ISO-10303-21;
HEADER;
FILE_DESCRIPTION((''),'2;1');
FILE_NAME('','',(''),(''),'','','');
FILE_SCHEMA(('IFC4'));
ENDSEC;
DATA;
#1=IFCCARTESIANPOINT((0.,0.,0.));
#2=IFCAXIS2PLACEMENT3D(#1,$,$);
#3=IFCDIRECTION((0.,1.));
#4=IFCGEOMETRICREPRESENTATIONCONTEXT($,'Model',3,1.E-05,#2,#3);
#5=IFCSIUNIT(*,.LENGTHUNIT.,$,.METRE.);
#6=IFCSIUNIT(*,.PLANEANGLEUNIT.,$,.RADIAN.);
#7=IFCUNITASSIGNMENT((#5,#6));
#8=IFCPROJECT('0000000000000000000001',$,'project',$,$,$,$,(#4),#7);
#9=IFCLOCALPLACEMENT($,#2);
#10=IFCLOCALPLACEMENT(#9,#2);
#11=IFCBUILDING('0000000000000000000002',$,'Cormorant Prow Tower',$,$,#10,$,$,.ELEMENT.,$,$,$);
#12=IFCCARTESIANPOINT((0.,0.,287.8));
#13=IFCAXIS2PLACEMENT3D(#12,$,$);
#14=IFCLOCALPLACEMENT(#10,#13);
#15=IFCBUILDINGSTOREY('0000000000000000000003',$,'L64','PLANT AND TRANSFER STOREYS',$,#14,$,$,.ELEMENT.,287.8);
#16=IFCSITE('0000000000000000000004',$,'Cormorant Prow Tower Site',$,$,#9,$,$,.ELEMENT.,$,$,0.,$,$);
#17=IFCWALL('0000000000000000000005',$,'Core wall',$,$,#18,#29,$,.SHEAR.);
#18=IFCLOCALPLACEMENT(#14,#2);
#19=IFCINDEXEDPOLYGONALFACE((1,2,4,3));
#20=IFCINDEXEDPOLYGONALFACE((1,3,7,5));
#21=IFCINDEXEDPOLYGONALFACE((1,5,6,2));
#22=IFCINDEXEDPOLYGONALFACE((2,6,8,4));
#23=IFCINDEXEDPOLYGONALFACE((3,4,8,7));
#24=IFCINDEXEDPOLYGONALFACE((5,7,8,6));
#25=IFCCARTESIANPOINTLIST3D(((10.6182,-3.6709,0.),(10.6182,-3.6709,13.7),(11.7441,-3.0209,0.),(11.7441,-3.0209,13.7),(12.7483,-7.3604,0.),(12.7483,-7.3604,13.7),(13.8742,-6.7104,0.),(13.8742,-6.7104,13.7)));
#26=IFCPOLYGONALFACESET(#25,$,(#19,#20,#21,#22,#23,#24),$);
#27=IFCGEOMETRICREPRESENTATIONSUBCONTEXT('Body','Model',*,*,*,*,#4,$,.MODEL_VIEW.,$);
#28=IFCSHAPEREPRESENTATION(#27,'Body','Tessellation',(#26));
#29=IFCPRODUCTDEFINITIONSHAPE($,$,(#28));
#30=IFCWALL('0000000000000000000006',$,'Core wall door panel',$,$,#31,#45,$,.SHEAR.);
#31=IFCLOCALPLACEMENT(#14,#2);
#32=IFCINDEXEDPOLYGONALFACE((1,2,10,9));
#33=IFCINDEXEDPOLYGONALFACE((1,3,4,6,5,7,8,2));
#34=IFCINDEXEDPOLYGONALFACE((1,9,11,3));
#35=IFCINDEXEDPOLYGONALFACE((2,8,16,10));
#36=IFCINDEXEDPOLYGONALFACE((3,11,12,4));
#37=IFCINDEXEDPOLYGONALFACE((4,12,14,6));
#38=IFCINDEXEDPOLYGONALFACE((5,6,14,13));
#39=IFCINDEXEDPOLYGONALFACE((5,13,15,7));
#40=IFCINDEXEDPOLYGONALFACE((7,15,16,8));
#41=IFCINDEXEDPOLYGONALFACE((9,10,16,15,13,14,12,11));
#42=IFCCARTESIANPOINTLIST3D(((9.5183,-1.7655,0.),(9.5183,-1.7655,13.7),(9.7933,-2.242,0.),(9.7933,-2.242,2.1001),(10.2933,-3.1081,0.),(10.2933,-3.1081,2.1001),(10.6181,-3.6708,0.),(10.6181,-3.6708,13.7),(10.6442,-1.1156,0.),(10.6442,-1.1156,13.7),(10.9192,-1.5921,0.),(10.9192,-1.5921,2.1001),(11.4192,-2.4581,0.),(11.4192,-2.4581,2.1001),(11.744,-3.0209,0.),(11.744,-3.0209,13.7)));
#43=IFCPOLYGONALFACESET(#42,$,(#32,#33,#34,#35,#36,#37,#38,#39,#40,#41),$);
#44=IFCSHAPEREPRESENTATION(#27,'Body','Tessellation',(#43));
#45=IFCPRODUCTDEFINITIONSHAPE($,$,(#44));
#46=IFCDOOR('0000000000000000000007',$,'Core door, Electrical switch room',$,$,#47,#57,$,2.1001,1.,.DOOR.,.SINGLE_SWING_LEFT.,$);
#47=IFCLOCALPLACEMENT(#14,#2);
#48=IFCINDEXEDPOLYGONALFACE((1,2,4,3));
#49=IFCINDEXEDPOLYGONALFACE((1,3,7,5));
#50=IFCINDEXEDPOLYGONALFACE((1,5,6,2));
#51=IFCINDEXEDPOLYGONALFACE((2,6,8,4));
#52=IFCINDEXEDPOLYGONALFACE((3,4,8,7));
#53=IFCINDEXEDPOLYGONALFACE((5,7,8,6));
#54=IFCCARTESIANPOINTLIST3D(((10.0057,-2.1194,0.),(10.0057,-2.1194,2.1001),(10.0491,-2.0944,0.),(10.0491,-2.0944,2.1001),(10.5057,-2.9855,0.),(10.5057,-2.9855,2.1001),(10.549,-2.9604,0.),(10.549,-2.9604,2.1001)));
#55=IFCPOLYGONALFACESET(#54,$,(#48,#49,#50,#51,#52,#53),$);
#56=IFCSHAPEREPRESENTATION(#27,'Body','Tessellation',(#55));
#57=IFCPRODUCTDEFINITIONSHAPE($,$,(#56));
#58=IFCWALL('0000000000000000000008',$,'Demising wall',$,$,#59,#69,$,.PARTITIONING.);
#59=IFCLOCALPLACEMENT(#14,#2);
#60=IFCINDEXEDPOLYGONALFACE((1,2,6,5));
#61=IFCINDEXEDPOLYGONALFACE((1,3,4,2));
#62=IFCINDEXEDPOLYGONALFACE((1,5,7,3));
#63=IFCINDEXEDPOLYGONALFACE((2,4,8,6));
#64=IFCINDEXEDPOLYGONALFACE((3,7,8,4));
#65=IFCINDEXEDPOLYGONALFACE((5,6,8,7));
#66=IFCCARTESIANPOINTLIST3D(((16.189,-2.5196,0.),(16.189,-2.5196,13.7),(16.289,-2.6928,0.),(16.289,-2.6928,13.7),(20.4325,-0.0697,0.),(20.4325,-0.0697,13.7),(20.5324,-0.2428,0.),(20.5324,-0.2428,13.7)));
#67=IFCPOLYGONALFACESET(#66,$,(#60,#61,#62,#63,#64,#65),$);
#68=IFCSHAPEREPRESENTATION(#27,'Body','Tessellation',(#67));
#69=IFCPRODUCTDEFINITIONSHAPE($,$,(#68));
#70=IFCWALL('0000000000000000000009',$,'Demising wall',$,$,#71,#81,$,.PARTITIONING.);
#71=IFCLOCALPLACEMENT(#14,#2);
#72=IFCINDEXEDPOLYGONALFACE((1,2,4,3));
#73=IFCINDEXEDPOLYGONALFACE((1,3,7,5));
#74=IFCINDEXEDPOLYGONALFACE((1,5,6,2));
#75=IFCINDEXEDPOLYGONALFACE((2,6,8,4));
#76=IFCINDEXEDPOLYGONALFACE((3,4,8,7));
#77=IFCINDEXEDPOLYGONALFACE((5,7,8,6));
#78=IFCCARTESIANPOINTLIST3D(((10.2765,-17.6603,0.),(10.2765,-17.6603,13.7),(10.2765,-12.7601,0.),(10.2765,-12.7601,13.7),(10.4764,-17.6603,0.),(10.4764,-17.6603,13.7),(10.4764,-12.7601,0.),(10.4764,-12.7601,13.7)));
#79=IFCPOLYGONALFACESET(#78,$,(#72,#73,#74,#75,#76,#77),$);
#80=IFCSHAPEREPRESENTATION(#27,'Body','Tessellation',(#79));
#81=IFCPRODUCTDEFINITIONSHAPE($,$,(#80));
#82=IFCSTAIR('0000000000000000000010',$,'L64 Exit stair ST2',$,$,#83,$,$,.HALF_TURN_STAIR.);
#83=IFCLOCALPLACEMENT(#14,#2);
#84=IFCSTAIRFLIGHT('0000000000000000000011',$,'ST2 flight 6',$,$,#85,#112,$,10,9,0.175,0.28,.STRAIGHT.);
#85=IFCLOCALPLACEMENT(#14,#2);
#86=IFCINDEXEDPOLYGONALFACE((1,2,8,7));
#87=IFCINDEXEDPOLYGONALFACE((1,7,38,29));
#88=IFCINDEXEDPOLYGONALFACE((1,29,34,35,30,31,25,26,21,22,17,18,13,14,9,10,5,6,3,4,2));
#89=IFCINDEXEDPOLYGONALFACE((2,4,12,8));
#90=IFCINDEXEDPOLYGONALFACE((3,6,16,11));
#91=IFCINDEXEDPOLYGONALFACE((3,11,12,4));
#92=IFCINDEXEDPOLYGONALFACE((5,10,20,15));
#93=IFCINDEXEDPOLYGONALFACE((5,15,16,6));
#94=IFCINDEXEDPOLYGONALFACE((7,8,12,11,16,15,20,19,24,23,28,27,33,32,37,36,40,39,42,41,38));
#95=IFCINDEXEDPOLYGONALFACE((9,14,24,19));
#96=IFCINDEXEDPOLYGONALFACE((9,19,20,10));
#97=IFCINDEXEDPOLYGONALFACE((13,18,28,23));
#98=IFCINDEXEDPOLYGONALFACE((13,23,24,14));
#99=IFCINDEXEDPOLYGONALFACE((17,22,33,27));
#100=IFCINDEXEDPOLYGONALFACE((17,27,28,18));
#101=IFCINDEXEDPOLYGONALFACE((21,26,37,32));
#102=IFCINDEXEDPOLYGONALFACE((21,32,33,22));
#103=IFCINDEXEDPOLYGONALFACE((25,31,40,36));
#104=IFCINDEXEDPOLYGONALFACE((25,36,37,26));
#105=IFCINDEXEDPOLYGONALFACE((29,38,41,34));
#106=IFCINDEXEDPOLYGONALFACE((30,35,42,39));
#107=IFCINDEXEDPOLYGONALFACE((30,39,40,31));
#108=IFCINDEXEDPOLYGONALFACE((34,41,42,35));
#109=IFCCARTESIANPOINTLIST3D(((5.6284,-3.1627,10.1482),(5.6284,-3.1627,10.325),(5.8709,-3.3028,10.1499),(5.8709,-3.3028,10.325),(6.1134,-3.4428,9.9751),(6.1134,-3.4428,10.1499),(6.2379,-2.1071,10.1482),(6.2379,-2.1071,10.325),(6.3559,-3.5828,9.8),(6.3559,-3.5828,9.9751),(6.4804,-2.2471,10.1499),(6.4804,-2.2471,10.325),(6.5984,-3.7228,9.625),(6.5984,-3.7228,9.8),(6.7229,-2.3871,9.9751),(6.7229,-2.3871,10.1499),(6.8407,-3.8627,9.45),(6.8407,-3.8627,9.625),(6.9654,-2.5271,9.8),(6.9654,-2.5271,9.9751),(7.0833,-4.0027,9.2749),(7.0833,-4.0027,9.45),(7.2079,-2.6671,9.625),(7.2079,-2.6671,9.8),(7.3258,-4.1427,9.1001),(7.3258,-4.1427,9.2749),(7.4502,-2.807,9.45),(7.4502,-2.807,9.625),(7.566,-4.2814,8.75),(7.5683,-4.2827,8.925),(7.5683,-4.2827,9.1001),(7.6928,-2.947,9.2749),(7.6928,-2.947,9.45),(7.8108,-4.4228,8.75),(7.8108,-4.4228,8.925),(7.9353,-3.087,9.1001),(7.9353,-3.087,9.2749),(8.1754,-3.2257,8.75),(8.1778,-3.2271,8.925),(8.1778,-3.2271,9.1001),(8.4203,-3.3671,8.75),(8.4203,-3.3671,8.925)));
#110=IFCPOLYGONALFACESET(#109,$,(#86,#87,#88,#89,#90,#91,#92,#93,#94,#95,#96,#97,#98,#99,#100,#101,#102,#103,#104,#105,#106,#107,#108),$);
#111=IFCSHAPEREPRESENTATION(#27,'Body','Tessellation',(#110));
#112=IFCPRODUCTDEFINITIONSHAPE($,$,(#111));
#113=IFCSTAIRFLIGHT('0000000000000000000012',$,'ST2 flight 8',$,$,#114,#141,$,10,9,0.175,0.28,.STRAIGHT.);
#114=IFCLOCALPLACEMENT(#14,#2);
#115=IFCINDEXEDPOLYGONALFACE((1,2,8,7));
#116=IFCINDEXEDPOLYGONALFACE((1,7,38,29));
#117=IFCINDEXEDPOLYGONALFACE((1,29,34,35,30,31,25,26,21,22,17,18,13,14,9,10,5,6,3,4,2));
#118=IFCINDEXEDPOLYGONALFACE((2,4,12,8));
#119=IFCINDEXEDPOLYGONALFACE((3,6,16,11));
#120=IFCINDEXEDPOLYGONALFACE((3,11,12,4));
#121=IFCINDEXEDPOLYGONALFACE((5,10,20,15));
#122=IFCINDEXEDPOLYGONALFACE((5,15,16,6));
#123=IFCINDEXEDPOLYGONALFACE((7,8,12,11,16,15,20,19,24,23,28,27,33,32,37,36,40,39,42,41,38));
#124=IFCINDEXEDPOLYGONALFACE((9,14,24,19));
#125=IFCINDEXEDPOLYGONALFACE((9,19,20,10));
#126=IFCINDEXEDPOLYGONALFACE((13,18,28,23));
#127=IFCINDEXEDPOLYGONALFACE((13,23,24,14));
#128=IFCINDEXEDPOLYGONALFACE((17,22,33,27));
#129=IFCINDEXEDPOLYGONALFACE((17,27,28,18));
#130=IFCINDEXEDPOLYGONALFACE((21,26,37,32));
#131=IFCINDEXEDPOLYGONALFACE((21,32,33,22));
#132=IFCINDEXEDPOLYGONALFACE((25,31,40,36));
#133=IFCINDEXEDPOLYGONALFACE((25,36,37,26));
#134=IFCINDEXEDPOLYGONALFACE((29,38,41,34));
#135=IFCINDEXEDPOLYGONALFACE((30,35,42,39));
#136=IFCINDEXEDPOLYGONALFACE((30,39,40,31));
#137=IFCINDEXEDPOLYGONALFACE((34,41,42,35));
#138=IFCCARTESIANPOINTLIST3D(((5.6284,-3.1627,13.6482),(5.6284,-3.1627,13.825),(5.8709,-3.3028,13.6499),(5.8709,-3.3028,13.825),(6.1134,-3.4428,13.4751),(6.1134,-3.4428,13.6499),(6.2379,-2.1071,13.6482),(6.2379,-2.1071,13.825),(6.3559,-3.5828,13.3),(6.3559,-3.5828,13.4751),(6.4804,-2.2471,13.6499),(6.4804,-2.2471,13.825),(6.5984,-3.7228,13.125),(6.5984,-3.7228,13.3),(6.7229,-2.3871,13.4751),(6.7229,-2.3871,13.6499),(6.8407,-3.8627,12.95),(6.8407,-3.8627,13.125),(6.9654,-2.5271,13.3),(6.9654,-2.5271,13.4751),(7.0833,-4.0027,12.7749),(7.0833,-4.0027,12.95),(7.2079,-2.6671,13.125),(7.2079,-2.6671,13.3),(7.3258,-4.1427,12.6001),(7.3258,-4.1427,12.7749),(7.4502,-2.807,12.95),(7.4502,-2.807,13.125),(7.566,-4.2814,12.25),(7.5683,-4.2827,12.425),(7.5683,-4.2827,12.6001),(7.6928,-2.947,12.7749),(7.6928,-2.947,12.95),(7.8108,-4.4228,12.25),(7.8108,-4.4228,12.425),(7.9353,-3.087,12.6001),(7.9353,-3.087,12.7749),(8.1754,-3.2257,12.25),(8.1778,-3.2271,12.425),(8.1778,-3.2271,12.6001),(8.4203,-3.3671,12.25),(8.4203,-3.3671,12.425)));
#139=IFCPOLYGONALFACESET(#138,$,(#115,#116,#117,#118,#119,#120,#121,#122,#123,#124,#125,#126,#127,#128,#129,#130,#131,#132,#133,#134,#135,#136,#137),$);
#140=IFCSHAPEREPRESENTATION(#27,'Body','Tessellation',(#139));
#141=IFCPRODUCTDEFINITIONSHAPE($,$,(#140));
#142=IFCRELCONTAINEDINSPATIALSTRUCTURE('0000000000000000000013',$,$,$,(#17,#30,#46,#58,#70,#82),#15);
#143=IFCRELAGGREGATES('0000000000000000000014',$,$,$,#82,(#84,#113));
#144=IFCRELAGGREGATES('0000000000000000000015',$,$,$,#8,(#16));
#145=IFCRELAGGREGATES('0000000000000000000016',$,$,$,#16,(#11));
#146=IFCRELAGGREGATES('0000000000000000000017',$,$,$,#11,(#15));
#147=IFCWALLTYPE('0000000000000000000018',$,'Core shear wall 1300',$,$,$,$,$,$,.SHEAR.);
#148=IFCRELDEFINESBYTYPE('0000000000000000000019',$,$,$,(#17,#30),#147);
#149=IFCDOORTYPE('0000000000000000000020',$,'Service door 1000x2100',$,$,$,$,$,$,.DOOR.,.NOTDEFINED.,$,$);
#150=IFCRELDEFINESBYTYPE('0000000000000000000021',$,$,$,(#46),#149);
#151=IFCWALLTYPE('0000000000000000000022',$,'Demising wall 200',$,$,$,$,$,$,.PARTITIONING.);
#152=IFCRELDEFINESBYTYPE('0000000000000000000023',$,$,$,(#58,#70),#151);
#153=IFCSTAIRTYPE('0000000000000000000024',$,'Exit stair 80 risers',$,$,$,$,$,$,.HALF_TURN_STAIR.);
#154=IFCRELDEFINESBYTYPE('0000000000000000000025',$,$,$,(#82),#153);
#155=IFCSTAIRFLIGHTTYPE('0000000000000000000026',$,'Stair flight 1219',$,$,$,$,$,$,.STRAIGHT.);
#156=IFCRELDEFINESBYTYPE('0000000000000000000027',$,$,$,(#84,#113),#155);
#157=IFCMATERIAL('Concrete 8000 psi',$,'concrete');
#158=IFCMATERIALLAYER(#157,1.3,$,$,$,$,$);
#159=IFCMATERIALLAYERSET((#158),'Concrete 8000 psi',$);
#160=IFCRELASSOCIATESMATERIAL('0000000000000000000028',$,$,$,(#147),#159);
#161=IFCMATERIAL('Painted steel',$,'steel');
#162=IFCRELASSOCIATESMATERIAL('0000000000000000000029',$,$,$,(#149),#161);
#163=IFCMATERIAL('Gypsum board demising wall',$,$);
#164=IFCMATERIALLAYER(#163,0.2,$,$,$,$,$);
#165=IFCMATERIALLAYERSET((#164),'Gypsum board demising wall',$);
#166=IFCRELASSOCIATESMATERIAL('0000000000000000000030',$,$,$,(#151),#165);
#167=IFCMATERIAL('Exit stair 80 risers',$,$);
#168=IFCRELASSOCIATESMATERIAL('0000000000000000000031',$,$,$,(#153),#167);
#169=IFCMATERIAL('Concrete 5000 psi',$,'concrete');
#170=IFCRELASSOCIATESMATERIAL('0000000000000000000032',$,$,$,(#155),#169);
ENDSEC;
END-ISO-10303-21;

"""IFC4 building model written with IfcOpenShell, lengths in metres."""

from ifc_helpers import new_model, si_unit, direction, frame, frame_2d, origin, place, context, subcontext, project, spatial, polyline, rectangle, outline, extrude, material, layer, layer_set, type_object, element, fill, aggregate, save


model = new_model("IFC4")

# Units and contexts
model_context = context("Model", 3, precision=1e-05, world=origin(), true_north=direction((0.0, 1.0)))
body_context = subcontext(model_context, "Body", "Model", "MODEL_VIEW")
ifc_project = project(units=[si_unit("LENGTHUNIT", "METRE"), si_unit("PLANEANGLEUNIT", "RADIAN")], contexts=[model_context])

# Site, building, storey
site_placement = place(None, origin())
site = spatial("IfcSite", under=ifc_project, at=site_placement, Name="Cormorant Prow Tower Site", CompositionType="ELEMENT", RefElevation=0.0)
building_placement = place(site_placement, origin())
building = spatial("IfcBuilding", under=site, at=building_placement, Name="Cormorant Prow Tower", CompositionType="ELEMENT")
storey_placement = place(building_placement, frame((0.0, 0.0, 287.8)))
storey = spatial("IfcBuildingStorey", under=building, at=storey_placement, Name="L64", Description="PLANT AND TRANSFER STOREYS", CompositionType="ELEMENT", Elevation=287.8)

# Wall
ifc_material_1 = material(Name="Concrete 8000 psi", Category="concrete")
ifc_layer_1 = layer(ifc_material_1, 1.3)
ifc_layer_set_1 = layer_set([ifc_layer_1], Name="Concrete 8000 psi")
wall_type_1 = type_object("IfcWallType", Name="Core shear wall 1300", PredefinedType="SHEAR", material=ifc_layer_set_1)
wall_1_placement = place(storey_placement, frame((13.3113, -7.0354, 0.0), z_axis=(0.0, 0.0, 1.0), x_axis=(-0.500004, 0.866023, 0.0)))
element("IfcWall", 1, at=wall_1_placement, inside=storey, type_object=wall_type_1, Name="Core wall", PredefinedType="SHEAR", context=body_context, shape_type="SweptSolid", body=[
    extrude(rectangle(XDim=4.2603, YDim=1.3, at=frame_2d((2.1301, 0.0))), origin(), (0.0, 0.0, 1.0), 13.7),
])

# Wall, opening, door
wall_2_placement = place(storey_placement, frame((11.1812, -3.3459, 0.0), z_axis=(0.0, 0.0, 1.0), x_axis=(-0.499947, 0.866056, 0.0)))
wall_2 = element("IfcWall", 2, at=wall_2_placement, inside=storey, type_object=wall_type_1, Name="Core wall door panel", PredefinedType="SHEAR", context=body_context, shape_type="SweptSolid", body=[
    extrude(rectangle(XDim=2.2, YDim=1.3, at=frame_2d((1.1001, 0.0))), origin(), (0.0, 0.0, 1.0), 13.7),
])
opening_placement = place(wall_2_placement, frame((0.6499, 0.0, 0.0)))
opening = element("IfcOpeningElement", 3, at=opening_placement, cuts=wall_2, PredefinedType="OPENING", context=body_context, shape_type="SweptSolid", body=[
    extrude(rectangle(XDim=1.0, YDim=2.1001, at=frame_2d((0.5, 1.05))), frame((0.0, 0.6599, 0.0), z_axis=(0.0, -1.0, 0.0), x_axis=(1.0, 0.0, 0.0)), (0.0, 0.0, 1.0), 1.3201),
])
ifc_material_2 = material(Name="Painted steel", Category="steel")
door_type = type_object("IfcDoorType", Name="Service door 1000x2100", OperationType="NOTDEFINED", PredefinedType="DOOR", material=ifc_material_2)
door_placement = place(opening_placement, origin())
door = element("IfcDoor", 4, at=door_placement, inside=storey, type_object=door_type, Name="Core door, Electrical switch room", OperationType="SINGLE_SWING_LEFT", OverallHeight=2.1001, OverallWidth=1.0, PredefinedType="DOOR", context=body_context, shape_type="SweptSolid", body=[
    extrude(rectangle(XDim=1.0, YDim=2.1001, at=frame_2d((0.5, 1.05))), frame((0.0, 0.4048, 0.0), z_axis=(0.0, -1.0, 0.0), x_axis=(1.0, 0.0, 0.0)), (0.0, 0.0, 1.0), 0.05),
])
fill(opening, door)

# Walls
ifc_material_3 = material(Name="Gypsum board demising wall")
ifc_layer_2 = layer(ifc_material_3, 0.2)
ifc_layer_set_2 = layer_set([ifc_layer_2], Name="Gypsum board demising wall")
wall_type_2 = type_object("IfcWallType", Name="Demising wall 200", PredefinedType="PARTITIONING", material=ifc_layer_set_2)
wall_3_placement = place(storey_placement, frame((16.239, -2.6062, 0.0), z_axis=(0.0, 0.0, 1.0), x_axis=(0.866024, 0.500003, 0.0)))
element("IfcWall", 5, at=wall_3_placement, inside=storey, type_object=wall_type_2, Name="Demising wall", PredefinedType="PARTITIONING", context=body_context, shape_type="SweptSolid", body=[
    extrude(rectangle(XDim=4.8999, YDim=0.2, at=frame_2d((2.45, 0.0))), origin(), (0.0, 0.0, 1.0), 13.7),
])
wall_4_placement = place(storey_placement, frame((10.3765, -17.6604, 0.0), z_axis=(0.0, 0.0, 1.0), x_axis=(0.0, 1.0, 0.0)))
element("IfcWall", 6, at=wall_4_placement, inside=storey, type_object=wall_type_2, Name="Demising wall", PredefinedType="PARTITIONING", context=body_context, shape_type="SweptSolid", body=[
    extrude(rectangle(XDim=4.9001, YDim=0.2, at=frame_2d((2.4502, 0.0))), origin(), (0.0, 0.0, 1.0), 13.7),
])

# Stair, stair flights
ifc_material_4 = material(Name="Exit stair 80 risers")
stair_type = type_object("IfcStairType", Name="Exit stair 80 risers", PredefinedType="HALF_TURN_STAIR", material=ifc_material_4)
stair_placement = place(storey_placement, origin())
stair = element("IfcStair", 7, at=stair_placement, inside=storey, type_object=stair_type, Name="L64 Exit stair ST2", PredefinedType="HALF_TURN_STAIR")
ifc_material_5 = material(Name="Concrete 5000 psi", Category="concrete")
stair_flight_type = type_object("IfcStairFlightType", Name="Stair flight 1219", PredefinedType="STRAIGHT", material=ifc_material_5)
stair_flight_1_placement = place(storey_placement, frame((8.1155, -3.895, 8.75), z_axis=(0.0, 0.0, 1.0), x_axis=(-0.866025, 0.5, 0.0)))
stair_flight_1 = element("IfcStairFlight", 8, at=stair_flight_1_placement, type_object=stair_flight_type, Name="ST2 flight 6", NumberOfRisers=10, NumberOfTreads=9, PredefinedType="STRAIGHT", RiserHeight=0.175, TreadLength=0.28, context=body_context, shape_type="SweptSolid", body=[
    extrude(outline(polyline([(0.0, 0.0), (0.0, 0.175), (0.28, 0.175), (0.28, 0.3501), (0.5601, 0.3501), (0.5601, 0.5249), (0.8401, 0.5249), (0.8401, 0.7), (1.1201, 0.7), (1.1201, 0.875), (1.3999, 0.875), (1.3999, 1.05), (1.6799, 1.05), (1.6799, 1.2251), (1.96, 1.2251), (1.96, 1.3999), (2.24, 1.3999), (2.24, 1.575), (2.52, 1.575), (2.52, 1.75), (2.52, 1.3982), (0.2827, 0.0), (0.0, 0.0)])), frame((0.0, 0.6094, 0.0), z_axis=(0.0, -1.0, 0.0), x_axis=(1.0, 0.0, 0.0)), (0.0, 0.0, 1.0), 1.219),
])
stair_flight_2_placement = place(storey_placement, frame((8.1155, -3.895, 12.25), z_axis=(0.0, 0.0, 1.0), x_axis=(-0.866025, 0.5, 0.0)))
stair_flight_2 = element("IfcStairFlight", 9, at=stair_flight_2_placement, type_object=stair_flight_type, Name="ST2 flight 8", NumberOfRisers=10, NumberOfTreads=9, PredefinedType="STRAIGHT", RiserHeight=0.175, TreadLength=0.28, context=body_context, shape_type="SweptSolid", body=[
    extrude(outline(polyline([(0.0, 0.0), (0.0, 0.175), (0.28, 0.175), (0.28, 0.3501), (0.5601, 0.3501), (0.5601, 0.5249), (0.8401, 0.5249), (0.8401, 0.7), (1.1201, 0.7), (1.1201, 0.875), (1.3999, 0.875), (1.3999, 1.05), (1.6799, 1.05), (1.6799, 1.2251), (1.96, 1.2251), (1.96, 1.3999), (2.24, 1.3999), (2.24, 1.575), (2.52, 1.575), (2.52, 1.75), (2.52, 1.3982), (0.2827, 0.0), (0.0, 0.0)])), frame((0.0, 0.6094, 0.0), z_axis=(0.0, -1.0, 0.0), x_axis=(1.0, 0.0, 0.0)), (0.0, 0.0, 1.0), 1.219),
])
aggregate(stair, [stair_flight_1, stair_flight_2])

save(model, "model.ifc")
